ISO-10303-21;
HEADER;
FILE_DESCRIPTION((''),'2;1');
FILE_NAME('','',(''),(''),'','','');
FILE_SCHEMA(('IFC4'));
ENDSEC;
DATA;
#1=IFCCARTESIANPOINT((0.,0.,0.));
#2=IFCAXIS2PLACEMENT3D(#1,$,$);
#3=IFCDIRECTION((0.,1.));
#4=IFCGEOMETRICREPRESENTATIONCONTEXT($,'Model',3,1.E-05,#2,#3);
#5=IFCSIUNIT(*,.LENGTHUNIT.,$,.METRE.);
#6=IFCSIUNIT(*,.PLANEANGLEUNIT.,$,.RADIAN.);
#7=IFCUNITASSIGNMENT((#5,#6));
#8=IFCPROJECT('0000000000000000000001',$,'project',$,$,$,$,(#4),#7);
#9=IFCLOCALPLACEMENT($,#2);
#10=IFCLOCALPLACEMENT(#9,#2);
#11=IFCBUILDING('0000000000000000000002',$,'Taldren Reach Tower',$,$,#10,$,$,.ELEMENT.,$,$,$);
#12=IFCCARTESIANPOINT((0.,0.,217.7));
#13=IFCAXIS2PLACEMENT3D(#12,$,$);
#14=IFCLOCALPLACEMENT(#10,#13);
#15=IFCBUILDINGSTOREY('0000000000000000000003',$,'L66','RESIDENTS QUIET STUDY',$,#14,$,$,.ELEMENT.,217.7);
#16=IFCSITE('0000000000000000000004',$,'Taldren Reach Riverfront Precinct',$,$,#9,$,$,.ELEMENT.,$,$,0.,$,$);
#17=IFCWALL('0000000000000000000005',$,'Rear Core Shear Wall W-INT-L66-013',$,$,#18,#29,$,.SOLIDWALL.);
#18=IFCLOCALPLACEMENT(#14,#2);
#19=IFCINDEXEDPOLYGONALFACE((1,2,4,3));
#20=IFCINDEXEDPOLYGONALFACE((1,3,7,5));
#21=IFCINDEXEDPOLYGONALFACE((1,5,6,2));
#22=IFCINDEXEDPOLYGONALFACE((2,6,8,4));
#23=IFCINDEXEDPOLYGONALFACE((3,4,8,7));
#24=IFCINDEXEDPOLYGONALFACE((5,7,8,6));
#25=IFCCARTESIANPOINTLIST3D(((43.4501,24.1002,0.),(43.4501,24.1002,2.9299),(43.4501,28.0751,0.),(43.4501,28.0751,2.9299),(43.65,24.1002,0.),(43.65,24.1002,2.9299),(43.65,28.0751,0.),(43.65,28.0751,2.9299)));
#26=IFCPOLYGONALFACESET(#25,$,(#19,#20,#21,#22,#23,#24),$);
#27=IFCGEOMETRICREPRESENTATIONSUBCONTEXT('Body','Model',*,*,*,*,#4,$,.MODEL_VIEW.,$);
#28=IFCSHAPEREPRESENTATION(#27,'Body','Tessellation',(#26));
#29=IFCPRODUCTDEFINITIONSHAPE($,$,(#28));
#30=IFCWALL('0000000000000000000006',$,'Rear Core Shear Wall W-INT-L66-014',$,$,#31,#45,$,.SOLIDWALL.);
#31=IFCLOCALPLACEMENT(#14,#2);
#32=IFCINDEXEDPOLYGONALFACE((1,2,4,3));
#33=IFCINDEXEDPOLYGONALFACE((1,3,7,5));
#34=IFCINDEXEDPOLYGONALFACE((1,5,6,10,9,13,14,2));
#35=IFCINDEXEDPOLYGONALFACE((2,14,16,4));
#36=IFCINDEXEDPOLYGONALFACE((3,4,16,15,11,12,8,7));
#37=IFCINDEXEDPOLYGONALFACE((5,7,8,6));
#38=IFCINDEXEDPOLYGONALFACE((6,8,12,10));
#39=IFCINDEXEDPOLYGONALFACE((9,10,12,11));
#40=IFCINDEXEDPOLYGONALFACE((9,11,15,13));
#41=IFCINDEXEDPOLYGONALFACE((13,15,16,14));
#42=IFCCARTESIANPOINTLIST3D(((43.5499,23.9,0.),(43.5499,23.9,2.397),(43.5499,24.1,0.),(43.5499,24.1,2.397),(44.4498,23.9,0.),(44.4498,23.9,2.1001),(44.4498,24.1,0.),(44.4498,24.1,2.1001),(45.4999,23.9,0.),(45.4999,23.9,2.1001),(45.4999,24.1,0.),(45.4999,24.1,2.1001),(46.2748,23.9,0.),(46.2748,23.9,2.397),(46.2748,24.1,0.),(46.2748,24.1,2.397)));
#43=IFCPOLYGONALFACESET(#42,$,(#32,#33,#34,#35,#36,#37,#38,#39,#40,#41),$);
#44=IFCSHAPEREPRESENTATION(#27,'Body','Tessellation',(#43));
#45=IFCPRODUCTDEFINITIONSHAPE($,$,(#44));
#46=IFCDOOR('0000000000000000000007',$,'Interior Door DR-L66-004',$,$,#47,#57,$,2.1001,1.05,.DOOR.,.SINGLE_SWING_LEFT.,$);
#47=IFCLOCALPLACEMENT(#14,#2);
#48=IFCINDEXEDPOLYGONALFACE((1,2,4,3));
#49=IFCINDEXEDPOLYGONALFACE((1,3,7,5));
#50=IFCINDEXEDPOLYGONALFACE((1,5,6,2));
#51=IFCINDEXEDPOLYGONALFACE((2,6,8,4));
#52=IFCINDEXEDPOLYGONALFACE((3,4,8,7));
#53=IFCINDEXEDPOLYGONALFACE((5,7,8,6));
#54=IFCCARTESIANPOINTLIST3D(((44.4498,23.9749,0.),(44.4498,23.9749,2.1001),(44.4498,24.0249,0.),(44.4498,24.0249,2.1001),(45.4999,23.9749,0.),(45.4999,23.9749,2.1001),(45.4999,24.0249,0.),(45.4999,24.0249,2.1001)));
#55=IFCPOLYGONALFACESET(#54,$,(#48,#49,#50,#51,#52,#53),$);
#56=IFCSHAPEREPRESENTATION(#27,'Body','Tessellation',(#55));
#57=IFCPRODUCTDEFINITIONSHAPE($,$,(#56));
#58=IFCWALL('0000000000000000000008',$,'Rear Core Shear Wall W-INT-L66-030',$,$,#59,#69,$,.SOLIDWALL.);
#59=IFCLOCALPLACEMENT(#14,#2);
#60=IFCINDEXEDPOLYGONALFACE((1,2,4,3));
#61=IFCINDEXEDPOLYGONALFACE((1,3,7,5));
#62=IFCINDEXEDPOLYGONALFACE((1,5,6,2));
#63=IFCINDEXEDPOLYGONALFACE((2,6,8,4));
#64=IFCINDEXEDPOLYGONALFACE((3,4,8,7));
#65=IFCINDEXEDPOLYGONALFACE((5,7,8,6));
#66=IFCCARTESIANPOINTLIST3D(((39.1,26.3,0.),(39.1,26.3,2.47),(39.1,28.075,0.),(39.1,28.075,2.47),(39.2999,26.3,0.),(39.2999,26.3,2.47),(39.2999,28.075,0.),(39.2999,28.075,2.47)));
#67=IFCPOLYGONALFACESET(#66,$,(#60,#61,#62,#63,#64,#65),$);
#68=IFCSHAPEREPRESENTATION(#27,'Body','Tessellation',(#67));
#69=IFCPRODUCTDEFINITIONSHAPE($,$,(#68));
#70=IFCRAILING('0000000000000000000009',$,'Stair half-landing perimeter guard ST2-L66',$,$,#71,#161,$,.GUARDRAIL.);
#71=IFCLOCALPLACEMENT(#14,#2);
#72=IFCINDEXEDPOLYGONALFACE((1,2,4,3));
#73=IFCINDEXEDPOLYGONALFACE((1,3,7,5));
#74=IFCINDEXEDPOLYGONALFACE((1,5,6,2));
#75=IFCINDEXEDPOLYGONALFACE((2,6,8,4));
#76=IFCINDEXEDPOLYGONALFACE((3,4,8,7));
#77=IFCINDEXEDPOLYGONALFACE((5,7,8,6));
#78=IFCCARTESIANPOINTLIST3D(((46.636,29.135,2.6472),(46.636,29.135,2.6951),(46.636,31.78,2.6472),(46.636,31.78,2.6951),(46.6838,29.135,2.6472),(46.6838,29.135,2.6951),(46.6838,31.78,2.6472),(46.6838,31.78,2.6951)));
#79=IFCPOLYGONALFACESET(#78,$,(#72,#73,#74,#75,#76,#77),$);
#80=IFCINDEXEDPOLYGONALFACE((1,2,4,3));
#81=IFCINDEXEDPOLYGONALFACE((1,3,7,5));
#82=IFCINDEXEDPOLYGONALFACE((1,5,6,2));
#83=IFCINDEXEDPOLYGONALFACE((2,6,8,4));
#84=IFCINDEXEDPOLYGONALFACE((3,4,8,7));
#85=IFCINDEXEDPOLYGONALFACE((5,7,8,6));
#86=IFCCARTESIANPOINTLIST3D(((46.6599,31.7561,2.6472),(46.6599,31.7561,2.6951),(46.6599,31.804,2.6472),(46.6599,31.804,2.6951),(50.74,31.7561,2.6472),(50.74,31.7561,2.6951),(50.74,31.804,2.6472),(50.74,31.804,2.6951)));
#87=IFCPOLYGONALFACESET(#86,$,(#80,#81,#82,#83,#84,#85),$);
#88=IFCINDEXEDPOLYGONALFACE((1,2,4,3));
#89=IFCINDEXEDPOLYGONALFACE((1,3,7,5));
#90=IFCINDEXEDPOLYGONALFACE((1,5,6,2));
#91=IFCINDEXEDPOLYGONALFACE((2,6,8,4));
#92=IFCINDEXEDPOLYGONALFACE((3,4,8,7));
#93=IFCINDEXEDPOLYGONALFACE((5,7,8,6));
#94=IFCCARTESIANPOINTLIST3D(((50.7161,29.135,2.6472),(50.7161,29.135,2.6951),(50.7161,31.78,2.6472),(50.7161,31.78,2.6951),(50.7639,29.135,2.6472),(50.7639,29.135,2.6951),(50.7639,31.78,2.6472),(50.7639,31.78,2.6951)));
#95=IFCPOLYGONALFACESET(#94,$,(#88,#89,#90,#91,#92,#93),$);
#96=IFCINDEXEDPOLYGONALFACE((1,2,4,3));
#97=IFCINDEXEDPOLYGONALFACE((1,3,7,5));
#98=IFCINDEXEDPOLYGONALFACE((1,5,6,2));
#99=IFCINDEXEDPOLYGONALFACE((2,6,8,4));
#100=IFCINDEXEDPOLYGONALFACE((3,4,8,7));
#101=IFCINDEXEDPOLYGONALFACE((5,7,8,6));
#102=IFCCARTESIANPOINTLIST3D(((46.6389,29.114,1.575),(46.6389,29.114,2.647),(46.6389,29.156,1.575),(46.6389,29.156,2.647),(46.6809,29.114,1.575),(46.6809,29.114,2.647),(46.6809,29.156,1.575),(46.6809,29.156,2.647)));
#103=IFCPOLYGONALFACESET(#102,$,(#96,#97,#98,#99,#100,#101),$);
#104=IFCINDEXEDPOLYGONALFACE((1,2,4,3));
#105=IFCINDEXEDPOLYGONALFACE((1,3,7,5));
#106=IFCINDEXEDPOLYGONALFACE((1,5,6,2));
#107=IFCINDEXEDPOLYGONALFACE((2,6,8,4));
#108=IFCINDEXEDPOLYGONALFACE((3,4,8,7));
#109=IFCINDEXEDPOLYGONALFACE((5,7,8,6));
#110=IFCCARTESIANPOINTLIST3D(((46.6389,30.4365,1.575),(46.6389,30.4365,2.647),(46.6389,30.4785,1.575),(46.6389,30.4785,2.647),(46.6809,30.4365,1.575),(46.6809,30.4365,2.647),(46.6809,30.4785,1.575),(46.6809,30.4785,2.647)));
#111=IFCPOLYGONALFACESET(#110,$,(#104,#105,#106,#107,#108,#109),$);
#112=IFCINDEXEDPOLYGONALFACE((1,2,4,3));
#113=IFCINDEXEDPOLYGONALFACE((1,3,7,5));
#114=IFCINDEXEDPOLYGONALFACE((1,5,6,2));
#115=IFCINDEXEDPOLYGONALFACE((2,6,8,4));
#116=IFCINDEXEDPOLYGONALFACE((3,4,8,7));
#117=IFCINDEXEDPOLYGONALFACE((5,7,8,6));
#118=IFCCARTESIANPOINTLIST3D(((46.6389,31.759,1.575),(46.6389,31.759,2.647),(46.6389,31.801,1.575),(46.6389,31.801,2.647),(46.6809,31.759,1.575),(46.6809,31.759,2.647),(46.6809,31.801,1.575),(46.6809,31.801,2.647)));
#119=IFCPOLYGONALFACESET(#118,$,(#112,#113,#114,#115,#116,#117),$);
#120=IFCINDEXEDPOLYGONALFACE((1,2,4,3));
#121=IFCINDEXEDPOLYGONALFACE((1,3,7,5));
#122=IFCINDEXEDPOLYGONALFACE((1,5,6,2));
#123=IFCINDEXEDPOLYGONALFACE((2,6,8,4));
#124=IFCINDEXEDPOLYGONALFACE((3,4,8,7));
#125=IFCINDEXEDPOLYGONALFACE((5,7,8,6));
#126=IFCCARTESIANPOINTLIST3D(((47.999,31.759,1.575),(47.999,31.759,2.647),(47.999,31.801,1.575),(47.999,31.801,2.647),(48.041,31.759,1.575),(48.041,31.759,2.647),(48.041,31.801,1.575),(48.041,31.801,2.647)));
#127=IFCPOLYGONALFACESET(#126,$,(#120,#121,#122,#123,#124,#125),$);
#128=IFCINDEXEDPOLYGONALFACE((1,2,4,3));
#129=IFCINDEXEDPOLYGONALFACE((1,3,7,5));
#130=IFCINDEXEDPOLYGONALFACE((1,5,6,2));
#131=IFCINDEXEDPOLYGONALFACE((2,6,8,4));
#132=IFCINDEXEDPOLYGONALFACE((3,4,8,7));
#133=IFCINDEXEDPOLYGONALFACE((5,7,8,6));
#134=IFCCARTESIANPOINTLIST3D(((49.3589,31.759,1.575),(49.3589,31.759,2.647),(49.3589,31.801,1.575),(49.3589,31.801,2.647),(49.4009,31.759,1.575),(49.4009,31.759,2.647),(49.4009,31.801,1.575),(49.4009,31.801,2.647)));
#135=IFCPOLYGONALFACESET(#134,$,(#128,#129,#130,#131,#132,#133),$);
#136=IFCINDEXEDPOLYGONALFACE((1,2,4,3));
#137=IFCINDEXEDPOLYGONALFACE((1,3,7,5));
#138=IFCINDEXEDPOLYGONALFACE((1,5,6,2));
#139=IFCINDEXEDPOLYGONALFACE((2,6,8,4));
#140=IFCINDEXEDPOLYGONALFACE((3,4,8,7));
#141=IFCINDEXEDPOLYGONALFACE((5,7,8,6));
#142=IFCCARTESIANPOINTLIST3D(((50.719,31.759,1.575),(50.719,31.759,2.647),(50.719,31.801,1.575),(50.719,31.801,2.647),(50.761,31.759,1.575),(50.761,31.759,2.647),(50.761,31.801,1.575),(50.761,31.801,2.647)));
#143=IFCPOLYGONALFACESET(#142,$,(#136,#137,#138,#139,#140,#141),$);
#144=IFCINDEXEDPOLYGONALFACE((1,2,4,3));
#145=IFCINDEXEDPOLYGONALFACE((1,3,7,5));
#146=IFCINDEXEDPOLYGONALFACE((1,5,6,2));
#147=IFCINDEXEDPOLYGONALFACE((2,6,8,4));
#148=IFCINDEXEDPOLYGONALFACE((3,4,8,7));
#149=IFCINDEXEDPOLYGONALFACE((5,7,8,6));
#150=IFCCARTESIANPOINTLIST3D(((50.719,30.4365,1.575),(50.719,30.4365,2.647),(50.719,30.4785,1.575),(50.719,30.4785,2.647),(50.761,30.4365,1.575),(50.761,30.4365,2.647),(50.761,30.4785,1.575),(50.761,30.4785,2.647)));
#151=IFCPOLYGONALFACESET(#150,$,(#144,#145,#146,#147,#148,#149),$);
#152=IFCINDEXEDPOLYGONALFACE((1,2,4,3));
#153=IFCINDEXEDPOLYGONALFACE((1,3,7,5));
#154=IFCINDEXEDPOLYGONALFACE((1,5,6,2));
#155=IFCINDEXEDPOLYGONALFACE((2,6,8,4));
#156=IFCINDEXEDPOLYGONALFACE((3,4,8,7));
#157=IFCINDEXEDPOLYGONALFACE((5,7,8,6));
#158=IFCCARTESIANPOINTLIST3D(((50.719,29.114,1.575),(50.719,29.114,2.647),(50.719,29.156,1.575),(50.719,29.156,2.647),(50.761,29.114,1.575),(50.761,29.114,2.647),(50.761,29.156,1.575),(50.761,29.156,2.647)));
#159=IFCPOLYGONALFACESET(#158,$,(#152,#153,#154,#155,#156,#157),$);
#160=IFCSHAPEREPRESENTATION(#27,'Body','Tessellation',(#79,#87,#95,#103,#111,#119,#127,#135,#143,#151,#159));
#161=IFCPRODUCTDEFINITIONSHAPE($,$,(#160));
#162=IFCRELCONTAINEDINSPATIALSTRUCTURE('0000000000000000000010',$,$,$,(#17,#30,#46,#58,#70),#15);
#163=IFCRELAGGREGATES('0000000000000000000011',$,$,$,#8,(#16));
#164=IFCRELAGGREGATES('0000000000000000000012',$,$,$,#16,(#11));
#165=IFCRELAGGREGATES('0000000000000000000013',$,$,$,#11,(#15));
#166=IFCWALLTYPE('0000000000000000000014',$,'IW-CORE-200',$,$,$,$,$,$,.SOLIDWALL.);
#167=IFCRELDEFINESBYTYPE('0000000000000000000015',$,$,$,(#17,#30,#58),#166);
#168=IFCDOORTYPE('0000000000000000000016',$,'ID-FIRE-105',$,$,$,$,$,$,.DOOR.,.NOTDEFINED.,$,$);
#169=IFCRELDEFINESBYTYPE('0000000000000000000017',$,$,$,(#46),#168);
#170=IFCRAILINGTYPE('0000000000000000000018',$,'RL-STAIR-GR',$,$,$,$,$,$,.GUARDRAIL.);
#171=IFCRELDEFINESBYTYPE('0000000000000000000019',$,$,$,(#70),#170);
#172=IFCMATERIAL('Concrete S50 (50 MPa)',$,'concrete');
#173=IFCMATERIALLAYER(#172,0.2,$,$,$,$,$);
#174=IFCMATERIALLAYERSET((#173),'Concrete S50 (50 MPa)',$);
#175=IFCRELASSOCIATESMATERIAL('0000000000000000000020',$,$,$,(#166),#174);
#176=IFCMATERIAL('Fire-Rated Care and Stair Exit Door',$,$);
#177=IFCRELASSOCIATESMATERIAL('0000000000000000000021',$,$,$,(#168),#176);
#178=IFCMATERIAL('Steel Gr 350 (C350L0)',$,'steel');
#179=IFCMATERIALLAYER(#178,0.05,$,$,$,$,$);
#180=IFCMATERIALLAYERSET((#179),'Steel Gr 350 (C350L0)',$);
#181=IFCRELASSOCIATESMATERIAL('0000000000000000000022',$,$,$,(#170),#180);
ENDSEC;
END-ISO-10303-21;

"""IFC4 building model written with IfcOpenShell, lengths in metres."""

from ifc_helpers import new_model, si_unit, direction, frame, frame_2d, origin, origin_2d, place, context, subcontext, project, spatial, rectangle, extrude, source, transform, mapped, material, layer, layer_set, type_object, element, fill, save


model = new_model("IFC4")

# Units and contexts
model_context = context("Model", 3, precision=1e-05, world=origin(), true_north=direction((0.0, 1.0)))
body_context = subcontext(model_context, "Body", "Model", "MODEL_VIEW")
ifc_project = project(units=[si_unit("LENGTHUNIT", "METRE"), si_unit("PLANEANGLEUNIT", "RADIAN")], contexts=[model_context])

# Site, building, storey
site_placement = place(None, origin())
site = spatial("IfcSite", under=ifc_project, at=site_placement, Name="Taldren Reach Riverfront Precinct", CompositionType="ELEMENT", RefElevation=0.0)
building_placement = place(site_placement, origin())
building = spatial("IfcBuilding", under=site, at=building_placement, Name="Taldren Reach Tower", CompositionType="ELEMENT")
storey_placement = place(building_placement, frame((0.0, 0.0, 217.7)))
storey = spatial("IfcBuildingStorey", under=building, at=storey_placement, Name="L66", Description="RESIDENTS QUIET STUDY", CompositionType="ELEMENT", Elevation=217.7)

# Shared definitions
ifc_material_1 = material(Name="Steel Gr 350 (C350L0)", Category="steel")

# Shared definitions
ifc_material_2 = material(Name="Concrete S50 (50 MPa)", Category="concrete")
ifc_layer_1 = layer(ifc_material_2, 0.2)
ifc_layer_set_1 = layer_set([ifc_layer_1], Name="Concrete S50 (50 MPa)")
wall_type_1 = type_object("IfcWallType", Name="IW-CORE-200", PredefinedType="SOLIDWALL", material=ifc_layer_set_1)
shared_shape_1 = source(origin(), body_context, "Body", "SweptSolid", [
    extrude(rectangle(XDim=1.05, YDim=2.1001, at=frame_2d((0.5249, 1.05))), frame((0.0, 0.1099, 0.0), z_axis=(0.0, -1.0, 0.0), x_axis=(1.0, 0.0, 0.0)), (0.0, 0.0, 1.0), 0.22),
])
ifc_material_3 = material(Name="Fire-Rated Care and Stair Exit Door")
door_type_1 = type_object("IfcDoorType", Name="ID-FIRE-105", OperationType="NOTDEFINED", PredefinedType="DOOR", material=ifc_material_3)
shared_shape_2 = source(origin(), body_context, "Body", "SweptSolid", [
    extrude(rectangle(XDim=1.05, YDim=2.1001, at=frame_2d((0.5249, 1.05))), frame((0.0, 0.0249, 0.0), z_axis=(0.0, -1.0, 0.0), x_axis=(1.0, 0.0, 0.0)), (0.0, 0.0, 1.0), 0.05),
])

# Wall
shared_shape_3 = source(origin(), body_context, "Body", "SweptSolid", [
    extrude(rectangle(XDim=3.9749, YDim=0.2, at=frame_2d((1.9873, 0.0))), origin(), (0.0, 0.0, 1.0), 2.9299),
])
wall_1_placement = place(storey_placement, frame((43.55, 28.075, 0.0), z_axis=(0.0, 0.0, 1.0), x_axis=(0.0, -1.0, 0.0)))
element("IfcWall", 1, at=wall_1_placement, inside=storey, type_object=wall_type_1, Name="Rear Core Shear Wall W-INT-L66-013", PredefinedType="SOLIDWALL", context=body_context, shape_type="MappedRepresentation", body=[
    mapped(shared_shape_3, transform((0.0, 0.0, 0.0), scale=1.0)),
])

# Wall, opening, door
shared_shape_4 = source(origin(), body_context, "Body", "SweptSolid", [
    extrude(rectangle(XDim=2.7249, YDim=0.2, at=frame_2d((1.3623, 0.0))), origin(), (0.0, 0.0, 1.0), 2.397),
])
wall_2_placement = place(storey_placement, frame((43.55, 24.0, 0.0), z_axis=(0.0, 0.0, 1.0), x_axis=(1.0, 0.0, 0.0)))
wall_2 = element("IfcWall", 2, at=wall_2_placement, inside=storey, type_object=wall_type_1, Name="Rear Core Shear Wall W-INT-L66-014", PredefinedType="SOLIDWALL", context=body_context, shape_type="MappedRepresentation", body=[
    mapped(shared_shape_4, transform((0.0, 0.0, 0.0), scale=1.0)),
])
opening_1_placement = place(wall_2_placement, frame((0.8999, 0.0, 0.0)))
opening_1 = element("IfcOpeningElement", 3, at=opening_1_placement, cuts=wall_2, PredefinedType="OPENING", context=body_context, shape_type="MappedRepresentation", body=[
    mapped(shared_shape_1, transform((0.0, 0.0, 0.0), scale=1.0)),
])
door_1_placement = place(opening_1_placement, origin())
door_1 = element("IfcDoor", 4, at=door_1_placement, inside=storey, type_object=door_type_1, Name="Interior Door DR-L66-004", OperationType="SINGLE_SWING_LEFT", OverallHeight=2.1001, OverallWidth=1.05, PredefinedType="DOOR", context=body_context, shape_type="MappedRepresentation", body=[
    mapped(shared_shape_2, transform((0.0, 0.0, 0.0), scale=1.0)),
])
fill(opening_1, door_1)

# Wall
shared_shape_5 = source(origin(), body_context, "Body", "SweptSolid", [
    extrude(rectangle(XDim=1.7749, YDim=0.2, at=frame_2d((0.8875, 0.0))), origin(), (0.0, 0.0, 1.0), 2.47),
])
wall_3_placement = place(storey_placement, frame((39.2, 26.3, 0.0), z_axis=(0.0, 0.0, 1.0), x_axis=(0.0, 1.0, 0.0)))
element("IfcWall", 5, at=wall_3_placement, inside=storey, type_object=wall_type_1, Name="Rear Core Shear Wall W-INT-L66-030", PredefinedType="SOLIDWALL", context=body_context, shape_type="MappedRepresentation", body=[
    mapped(shared_shape_5, transform((0.0, 0.0, 0.0), scale=1.0)),
])

# Railing
ifc_layer_2 = layer(ifc_material_1, 0.05)
ifc_layer_set_2 = layer_set([ifc_layer_2], Name="Steel Gr 350 (C350L0)")
railing_type = type_object("IfcRailingType", Name="RL-STAIR-GR", PredefinedType="GUARDRAIL", material=ifc_layer_set_2)
railing_1_placement = place(storey_placement, frame((46.6599, 29.135, 1.575)))
element("IfcRailing", 6, at=railing_1_placement, inside=storey, type_object=railing_type, Name="Stair half-landing perimeter guard ST2-L66", PredefinedType="GUARDRAIL", context=body_context, shape_type="SweptSolid", body=[
    extrude(rectangle(XDim=0.0479, YDim=0.0479, at=origin_2d()), frame((0.0, 0.0, 1.0962), z_axis=(0.0, 1.0, 0.0), x_axis=(-1.0, 0.0, 0.0)), (0.0, 0.0, 1.0), 2.645),
    extrude(rectangle(XDim=0.0479, YDim=0.0479, at=origin_2d()), frame((0.0, 2.645, 1.0962), z_axis=(1.0, 0.0, 0.0), x_axis=(0.0, 1.0, 0.0)), (0.0, 0.0, 1.0), 4.0801),
    extrude(rectangle(XDim=0.0479, YDim=0.0479, at=origin_2d()), frame((4.0801, 2.645, 1.0962), z_axis=(0.0, -1.0, 0.0), x_axis=(1.0, 0.0, 0.0)), (0.0, 0.0, 1.0), 2.645),
    extrude(rectangle(XDim=0.042, YDim=0.042, at=origin_2d()), origin(), (0.0, 0.0, 1.0), 1.072),
    extrude(rectangle(XDim=0.042, YDim=0.042, at=origin_2d()), frame((0.0, 1.3225, 0.0)), (0.0, 0.0, 1.0), 1.072),
    extrude(rectangle(XDim=0.042, YDim=0.042, at=origin_2d()), frame((0.0, 2.645, 0.0)), (0.0, 0.0, 1.0), 1.072),
    extrude(rectangle(XDim=0.042, YDim=0.042, at=origin_2d()), frame((1.3601, 2.645, 0.0)), (0.0, 0.0, 1.0), 1.072),
    extrude(rectangle(XDim=0.042, YDim=0.042, at=origin_2d()), frame((2.72, 2.645, 0.0)), (0.0, 0.0, 1.0), 1.072),
    extrude(rectangle(XDim=0.042, YDim=0.042, at=origin_2d()), frame((4.0801, 2.645, 0.0)), (0.0, 0.0, 1.0), 1.072),
    extrude(rectangle(XDim=0.042, YDim=0.042, at=origin_2d()), frame((4.0801, 1.3225, 0.0)), (0.0, 0.0, 1.0), 1.072),
    extrude(rectangle(XDim=0.042, YDim=0.042, at=origin_2d()), frame((4.0801, 0.0, 0.0)), (0.0, 0.0, 1.0), 1.072),
])

save(model, "model.ifc")
